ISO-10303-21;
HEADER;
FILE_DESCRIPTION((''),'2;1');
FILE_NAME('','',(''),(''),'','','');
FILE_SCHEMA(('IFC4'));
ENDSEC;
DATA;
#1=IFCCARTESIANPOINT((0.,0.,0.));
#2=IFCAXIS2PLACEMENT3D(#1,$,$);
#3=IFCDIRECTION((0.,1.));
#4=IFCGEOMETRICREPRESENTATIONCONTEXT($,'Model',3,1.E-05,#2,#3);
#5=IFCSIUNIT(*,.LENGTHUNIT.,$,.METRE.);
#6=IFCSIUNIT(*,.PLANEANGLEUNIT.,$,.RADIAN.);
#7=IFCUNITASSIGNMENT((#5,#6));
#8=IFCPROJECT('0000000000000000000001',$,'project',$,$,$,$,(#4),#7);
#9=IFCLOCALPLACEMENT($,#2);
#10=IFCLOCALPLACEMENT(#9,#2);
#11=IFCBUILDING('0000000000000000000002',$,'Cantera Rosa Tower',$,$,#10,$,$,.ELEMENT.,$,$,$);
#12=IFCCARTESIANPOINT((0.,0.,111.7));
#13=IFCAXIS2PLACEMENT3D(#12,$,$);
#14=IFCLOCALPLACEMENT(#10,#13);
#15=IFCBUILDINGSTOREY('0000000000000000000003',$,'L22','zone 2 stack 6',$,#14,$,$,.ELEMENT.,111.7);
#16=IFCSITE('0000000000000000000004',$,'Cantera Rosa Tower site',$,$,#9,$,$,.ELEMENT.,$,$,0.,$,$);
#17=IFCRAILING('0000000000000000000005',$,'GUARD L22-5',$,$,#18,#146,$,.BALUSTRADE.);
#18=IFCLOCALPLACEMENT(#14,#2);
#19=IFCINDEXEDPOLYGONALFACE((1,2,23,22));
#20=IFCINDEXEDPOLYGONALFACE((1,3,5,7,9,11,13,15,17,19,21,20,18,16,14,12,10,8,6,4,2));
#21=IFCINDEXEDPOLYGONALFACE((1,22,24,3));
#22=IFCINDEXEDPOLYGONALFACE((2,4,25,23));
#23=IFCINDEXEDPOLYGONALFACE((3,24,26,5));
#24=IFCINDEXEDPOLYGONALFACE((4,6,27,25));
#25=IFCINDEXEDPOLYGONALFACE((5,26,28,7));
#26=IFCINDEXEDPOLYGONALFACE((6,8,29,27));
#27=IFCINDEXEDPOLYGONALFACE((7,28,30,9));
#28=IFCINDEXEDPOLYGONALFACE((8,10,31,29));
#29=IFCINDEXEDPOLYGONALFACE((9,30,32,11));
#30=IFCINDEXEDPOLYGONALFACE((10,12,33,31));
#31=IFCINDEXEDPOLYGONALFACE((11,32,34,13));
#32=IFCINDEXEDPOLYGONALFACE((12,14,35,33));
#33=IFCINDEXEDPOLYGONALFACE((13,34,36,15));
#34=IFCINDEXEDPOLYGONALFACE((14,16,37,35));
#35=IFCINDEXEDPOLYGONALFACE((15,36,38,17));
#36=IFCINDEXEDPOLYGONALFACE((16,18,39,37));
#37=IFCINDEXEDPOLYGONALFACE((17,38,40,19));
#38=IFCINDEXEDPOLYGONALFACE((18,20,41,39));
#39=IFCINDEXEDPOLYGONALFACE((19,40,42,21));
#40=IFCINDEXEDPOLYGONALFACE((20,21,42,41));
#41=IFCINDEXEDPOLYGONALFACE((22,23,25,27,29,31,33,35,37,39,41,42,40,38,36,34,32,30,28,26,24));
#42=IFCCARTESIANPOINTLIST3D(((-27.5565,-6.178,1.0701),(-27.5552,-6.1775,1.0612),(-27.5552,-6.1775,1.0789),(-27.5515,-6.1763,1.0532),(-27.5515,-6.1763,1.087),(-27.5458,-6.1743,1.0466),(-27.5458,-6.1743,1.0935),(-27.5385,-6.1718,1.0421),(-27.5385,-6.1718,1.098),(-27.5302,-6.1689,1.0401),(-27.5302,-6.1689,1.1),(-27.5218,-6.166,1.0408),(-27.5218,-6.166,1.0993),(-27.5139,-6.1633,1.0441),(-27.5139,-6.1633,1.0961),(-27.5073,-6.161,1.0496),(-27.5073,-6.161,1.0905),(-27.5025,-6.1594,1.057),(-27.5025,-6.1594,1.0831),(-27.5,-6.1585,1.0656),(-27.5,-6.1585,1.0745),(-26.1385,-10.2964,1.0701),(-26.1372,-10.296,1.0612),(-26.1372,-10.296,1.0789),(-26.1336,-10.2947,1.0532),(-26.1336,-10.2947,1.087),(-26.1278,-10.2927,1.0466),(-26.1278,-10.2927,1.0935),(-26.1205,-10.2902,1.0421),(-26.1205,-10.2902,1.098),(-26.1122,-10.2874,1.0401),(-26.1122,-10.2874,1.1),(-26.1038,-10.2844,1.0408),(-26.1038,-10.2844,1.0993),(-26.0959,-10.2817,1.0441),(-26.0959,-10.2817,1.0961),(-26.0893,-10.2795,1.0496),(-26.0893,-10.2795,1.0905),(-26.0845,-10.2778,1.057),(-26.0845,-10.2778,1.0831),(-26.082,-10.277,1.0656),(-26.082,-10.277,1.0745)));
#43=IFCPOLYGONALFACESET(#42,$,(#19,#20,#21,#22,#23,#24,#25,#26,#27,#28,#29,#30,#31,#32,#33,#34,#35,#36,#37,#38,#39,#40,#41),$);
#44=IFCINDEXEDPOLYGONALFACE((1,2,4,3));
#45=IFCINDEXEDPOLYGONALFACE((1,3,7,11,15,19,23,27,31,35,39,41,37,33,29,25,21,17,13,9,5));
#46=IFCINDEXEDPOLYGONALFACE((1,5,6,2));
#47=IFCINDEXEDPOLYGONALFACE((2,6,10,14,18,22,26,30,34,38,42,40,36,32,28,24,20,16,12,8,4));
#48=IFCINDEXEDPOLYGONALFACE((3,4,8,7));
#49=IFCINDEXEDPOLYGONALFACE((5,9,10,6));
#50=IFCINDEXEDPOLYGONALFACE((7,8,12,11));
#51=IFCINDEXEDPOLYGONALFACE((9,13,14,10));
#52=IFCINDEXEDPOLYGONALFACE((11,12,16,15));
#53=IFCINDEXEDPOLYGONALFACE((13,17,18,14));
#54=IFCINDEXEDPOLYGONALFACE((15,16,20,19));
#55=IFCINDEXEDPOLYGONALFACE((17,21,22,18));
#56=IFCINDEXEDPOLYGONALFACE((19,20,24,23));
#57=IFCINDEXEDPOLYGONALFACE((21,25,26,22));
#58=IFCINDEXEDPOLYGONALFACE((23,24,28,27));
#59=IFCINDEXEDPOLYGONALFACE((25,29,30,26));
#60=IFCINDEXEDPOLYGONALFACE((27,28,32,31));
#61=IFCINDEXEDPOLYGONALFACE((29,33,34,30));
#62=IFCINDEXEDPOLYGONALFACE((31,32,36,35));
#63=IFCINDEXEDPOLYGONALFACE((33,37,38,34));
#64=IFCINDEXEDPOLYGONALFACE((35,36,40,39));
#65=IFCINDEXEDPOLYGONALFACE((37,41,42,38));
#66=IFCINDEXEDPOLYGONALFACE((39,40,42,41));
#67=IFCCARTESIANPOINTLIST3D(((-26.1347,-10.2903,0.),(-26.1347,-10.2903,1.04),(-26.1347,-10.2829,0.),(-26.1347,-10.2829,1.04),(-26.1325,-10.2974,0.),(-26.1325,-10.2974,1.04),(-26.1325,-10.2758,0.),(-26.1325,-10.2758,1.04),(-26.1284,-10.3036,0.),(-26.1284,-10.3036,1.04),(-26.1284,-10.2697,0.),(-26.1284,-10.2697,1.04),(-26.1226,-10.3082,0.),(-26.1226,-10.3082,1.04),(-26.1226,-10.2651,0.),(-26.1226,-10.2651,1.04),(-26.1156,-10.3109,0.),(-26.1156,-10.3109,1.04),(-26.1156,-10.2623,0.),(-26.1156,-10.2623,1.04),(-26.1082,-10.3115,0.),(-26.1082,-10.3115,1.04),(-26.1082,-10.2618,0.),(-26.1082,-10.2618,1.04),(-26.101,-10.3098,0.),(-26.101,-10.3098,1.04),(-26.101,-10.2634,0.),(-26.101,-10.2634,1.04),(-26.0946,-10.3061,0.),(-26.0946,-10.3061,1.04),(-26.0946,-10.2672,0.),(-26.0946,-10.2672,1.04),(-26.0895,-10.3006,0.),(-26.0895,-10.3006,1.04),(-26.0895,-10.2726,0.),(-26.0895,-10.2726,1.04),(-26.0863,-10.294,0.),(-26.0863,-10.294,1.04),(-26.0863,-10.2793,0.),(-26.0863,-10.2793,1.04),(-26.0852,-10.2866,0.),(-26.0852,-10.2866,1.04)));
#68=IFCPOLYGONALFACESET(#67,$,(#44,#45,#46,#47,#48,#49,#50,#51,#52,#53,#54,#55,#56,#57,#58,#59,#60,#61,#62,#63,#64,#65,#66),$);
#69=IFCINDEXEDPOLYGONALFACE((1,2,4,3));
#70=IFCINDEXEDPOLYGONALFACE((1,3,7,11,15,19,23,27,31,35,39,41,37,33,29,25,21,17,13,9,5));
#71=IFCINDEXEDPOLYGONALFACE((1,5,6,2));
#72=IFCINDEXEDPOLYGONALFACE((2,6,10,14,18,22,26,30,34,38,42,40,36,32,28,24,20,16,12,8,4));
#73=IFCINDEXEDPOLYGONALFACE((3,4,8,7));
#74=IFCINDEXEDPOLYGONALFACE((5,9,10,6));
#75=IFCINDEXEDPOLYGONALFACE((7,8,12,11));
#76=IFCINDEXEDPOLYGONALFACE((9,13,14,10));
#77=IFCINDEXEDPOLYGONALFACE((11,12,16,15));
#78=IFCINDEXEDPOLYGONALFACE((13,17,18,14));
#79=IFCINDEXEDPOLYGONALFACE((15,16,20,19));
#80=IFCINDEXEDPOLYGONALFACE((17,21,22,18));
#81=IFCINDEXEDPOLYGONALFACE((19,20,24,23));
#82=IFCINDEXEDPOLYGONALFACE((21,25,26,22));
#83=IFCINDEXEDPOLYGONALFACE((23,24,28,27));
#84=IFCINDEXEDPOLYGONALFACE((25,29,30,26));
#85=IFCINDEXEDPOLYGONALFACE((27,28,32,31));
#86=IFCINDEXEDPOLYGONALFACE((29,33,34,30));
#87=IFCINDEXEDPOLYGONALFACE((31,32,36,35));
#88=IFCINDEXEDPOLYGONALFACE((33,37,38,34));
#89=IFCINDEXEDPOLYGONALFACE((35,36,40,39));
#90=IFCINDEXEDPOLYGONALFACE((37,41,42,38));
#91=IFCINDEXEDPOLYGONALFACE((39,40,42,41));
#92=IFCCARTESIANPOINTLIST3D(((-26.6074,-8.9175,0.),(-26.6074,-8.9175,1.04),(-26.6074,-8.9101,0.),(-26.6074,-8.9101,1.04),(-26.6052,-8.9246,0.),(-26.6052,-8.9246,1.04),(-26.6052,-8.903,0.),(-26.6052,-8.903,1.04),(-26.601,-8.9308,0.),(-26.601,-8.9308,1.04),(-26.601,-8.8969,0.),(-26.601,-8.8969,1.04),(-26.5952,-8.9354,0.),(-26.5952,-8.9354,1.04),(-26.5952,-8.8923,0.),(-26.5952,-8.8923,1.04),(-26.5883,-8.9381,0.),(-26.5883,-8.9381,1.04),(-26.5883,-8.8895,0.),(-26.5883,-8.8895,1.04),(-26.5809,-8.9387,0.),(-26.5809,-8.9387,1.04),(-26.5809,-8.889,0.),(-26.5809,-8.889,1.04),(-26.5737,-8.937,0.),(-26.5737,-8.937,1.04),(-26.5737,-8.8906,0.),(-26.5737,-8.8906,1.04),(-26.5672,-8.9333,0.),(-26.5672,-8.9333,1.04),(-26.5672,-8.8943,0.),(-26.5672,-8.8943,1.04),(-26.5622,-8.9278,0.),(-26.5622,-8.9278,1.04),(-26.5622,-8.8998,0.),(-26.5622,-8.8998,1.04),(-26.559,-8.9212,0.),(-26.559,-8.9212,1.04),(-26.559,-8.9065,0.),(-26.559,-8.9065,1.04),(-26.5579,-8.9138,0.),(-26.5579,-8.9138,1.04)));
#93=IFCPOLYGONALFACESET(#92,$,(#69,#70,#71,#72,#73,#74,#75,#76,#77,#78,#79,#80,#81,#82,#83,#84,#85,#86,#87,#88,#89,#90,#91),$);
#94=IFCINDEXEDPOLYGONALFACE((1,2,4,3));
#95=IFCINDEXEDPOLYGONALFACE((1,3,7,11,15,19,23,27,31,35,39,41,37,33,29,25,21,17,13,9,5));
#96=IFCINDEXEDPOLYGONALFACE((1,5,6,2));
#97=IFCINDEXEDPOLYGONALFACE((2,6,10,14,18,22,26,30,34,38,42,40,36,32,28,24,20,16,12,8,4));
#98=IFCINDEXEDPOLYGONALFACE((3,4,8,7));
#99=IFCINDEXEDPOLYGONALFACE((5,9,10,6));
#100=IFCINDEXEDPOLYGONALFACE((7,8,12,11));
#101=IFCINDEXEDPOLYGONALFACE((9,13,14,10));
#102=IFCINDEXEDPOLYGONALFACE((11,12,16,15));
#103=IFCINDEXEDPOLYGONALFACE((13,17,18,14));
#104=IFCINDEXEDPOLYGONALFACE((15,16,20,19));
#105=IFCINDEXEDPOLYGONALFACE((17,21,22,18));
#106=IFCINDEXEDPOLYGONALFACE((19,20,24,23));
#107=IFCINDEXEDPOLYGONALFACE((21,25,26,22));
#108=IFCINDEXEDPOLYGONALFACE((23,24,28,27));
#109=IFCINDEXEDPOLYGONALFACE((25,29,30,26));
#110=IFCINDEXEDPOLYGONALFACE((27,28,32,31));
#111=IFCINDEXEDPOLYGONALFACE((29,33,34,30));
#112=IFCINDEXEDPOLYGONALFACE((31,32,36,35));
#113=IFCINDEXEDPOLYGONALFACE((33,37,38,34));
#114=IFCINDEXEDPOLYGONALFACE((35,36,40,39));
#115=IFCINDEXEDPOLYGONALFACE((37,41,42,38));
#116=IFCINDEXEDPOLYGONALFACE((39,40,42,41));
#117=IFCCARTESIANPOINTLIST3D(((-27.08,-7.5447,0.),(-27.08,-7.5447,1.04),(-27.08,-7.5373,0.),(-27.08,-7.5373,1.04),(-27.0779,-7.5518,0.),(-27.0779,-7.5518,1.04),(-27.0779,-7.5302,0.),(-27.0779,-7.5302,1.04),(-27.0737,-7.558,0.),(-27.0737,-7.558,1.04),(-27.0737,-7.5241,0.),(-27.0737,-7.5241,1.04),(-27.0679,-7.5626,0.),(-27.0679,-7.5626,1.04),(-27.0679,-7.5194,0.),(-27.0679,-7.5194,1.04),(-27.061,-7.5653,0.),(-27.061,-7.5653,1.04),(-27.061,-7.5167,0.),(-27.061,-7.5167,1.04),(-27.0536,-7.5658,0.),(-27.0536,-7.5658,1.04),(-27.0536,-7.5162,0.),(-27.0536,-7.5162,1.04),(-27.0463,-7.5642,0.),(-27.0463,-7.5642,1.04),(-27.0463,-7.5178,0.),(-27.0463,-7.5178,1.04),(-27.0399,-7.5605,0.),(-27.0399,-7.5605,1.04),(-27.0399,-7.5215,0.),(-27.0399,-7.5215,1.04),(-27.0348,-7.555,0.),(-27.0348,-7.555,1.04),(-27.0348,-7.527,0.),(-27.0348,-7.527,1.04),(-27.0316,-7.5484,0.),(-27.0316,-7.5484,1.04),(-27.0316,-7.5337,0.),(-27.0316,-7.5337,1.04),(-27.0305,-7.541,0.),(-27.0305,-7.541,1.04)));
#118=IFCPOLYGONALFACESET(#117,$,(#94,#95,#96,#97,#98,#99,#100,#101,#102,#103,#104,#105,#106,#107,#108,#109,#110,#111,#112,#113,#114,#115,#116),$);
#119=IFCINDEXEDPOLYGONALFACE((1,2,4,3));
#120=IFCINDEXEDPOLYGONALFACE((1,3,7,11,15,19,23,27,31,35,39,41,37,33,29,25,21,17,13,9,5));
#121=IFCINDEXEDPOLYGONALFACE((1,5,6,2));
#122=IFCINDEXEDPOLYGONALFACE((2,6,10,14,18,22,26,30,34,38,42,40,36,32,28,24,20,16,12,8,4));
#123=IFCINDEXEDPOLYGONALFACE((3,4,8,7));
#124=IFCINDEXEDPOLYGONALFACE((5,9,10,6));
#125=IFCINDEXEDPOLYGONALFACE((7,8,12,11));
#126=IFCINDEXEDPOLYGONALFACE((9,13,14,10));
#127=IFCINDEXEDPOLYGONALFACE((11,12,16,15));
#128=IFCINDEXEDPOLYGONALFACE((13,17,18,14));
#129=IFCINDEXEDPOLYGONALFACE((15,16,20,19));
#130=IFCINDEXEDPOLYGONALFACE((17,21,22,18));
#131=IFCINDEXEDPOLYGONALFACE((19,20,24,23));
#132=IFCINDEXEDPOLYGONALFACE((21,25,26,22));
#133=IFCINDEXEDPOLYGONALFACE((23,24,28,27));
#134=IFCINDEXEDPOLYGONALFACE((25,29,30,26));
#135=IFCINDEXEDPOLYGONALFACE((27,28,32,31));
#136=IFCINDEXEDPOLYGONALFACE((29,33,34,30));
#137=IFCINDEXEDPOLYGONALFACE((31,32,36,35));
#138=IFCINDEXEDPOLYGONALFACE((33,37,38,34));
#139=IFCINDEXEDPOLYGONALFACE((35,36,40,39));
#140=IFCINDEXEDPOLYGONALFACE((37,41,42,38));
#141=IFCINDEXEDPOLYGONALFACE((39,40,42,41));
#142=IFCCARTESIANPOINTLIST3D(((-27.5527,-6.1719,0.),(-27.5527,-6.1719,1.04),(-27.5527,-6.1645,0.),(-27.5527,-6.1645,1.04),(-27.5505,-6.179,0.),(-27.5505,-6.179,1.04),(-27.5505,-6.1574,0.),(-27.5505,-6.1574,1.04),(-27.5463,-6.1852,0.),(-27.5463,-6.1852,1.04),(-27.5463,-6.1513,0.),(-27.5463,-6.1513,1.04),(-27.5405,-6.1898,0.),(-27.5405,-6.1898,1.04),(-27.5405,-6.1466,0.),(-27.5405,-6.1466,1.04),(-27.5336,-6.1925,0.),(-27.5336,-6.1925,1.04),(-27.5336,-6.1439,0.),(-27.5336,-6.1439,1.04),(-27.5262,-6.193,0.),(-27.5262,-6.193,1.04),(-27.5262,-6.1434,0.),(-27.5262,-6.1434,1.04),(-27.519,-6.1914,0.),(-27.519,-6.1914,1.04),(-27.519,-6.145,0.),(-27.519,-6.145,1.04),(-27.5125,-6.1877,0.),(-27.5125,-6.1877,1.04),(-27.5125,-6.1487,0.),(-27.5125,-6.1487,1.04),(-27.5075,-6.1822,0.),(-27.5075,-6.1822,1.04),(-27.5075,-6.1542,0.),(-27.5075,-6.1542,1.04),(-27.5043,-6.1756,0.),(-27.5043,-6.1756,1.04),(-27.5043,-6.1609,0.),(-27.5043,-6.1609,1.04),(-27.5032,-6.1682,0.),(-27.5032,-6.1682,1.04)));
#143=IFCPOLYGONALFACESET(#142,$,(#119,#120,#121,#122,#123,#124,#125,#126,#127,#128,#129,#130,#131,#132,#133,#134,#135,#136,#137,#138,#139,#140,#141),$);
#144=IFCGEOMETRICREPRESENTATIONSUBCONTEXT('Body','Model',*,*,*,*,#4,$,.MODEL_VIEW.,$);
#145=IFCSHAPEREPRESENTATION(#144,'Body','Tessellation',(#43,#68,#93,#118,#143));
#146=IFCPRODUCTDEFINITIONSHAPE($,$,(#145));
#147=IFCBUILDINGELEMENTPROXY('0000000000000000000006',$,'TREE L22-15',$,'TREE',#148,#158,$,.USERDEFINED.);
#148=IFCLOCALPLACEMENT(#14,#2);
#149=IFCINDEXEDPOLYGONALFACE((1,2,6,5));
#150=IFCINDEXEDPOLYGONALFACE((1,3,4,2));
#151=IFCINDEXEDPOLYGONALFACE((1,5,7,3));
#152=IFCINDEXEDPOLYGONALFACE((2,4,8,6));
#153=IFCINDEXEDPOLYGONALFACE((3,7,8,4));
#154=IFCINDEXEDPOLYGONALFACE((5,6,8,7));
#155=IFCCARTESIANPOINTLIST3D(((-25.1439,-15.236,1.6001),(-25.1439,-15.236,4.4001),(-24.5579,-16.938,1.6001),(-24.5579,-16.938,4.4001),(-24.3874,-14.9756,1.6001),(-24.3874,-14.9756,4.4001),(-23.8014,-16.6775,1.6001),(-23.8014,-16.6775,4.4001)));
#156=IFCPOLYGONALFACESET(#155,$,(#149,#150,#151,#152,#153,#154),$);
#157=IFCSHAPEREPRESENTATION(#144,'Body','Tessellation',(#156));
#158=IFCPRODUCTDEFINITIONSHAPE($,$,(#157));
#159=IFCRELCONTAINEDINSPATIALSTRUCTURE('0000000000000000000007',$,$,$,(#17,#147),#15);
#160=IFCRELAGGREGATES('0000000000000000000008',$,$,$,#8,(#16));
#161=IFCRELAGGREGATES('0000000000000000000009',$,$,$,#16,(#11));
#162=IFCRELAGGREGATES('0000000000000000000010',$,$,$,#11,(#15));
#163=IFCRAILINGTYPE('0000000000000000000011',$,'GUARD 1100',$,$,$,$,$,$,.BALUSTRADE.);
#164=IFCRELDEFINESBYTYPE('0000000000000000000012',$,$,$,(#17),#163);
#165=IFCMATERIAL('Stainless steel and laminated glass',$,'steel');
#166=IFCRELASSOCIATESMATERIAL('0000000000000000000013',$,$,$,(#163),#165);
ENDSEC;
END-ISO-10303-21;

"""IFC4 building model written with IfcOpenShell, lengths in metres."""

from ifc_helpers import new_model, si_unit, direction, frame, origin, origin_2d, place, context, subcontext, project, spatial, rectangle, circle, extrude, material, type_object, element, save


model = new_model("IFC4")

# Units and contexts
model_context = context("Model", 3, precision=1e-05, world=origin(), true_north=direction((0.0, 1.0)))
body_context = subcontext(model_context, "Body", "Model", "MODEL_VIEW")
ifc_project = project(units=[si_unit("LENGTHUNIT", "METRE"), si_unit("PLANEANGLEUNIT", "RADIAN")], contexts=[model_context])

# Site, building, storey
site_placement = place(None, origin())
site = spatial("IfcSite", under=ifc_project, at=site_placement, Name="Cantera Rosa Tower site", CompositionType="ELEMENT", RefElevation=0.0)
building_placement = place(site_placement, origin())
building = spatial("IfcBuilding", under=site, at=building_placement, Name="Cantera Rosa Tower", CompositionType="ELEMENT")
storey_placement = place(building_placement, frame((0.0, 0.0, 111.7)))
storey = spatial("IfcBuildingStorey", under=building, at=storey_placement, Name="L22", Description="zone 2 stack 6", CompositionType="ELEMENT", Elevation=111.7)

# Railing
ifc_material_1 = material(Name="Stainless steel and laminated glass", Category="steel")
railing_type = type_object("IfcRailingType", Name="GUARD 1100", PredefinedType="BALUSTRADE", material=ifc_material_1)
railing_placement = place(storey_placement, frame((-26.1101, -10.2866, 0.0)))
element("IfcRailing", 1, at=railing_placement, inside=storey, type_object=railing_type, Name="GUARD L22-5", PredefinedType="BALUSTRADE", context=body_context, shape_type="SweptSolid", body=[
    extrude(circle(Radius=0.03, at=origin_2d()), frame((0.0, 0.0, 1.0701), z_axis=(-0.325545, 0.945527, 0.0), x_axis=(-0.945527, -0.325545, 0.0)), (0.0, 0.0, 1.0), 4.3557),
    extrude(circle(Radius=0.0249, at=origin_2d()), origin(), (0.0, 0.0, 1.0), 1.04),
    extrude(circle(Radius=0.0249, at=origin_2d()), frame((-0.4727, 1.3728, 0.0)), (0.0, 0.0, 1.0), 1.04),
    extrude(circle(Radius=0.0249, at=origin_2d()), frame((-0.9453, 2.7456, 0.0)), (0.0, 0.0, 1.0), 1.04),
    extrude(circle(Radius=0.0249, at=origin_2d()), frame((-1.418, 4.1184, 0.0)), (0.0, 0.0, 1.0), 1.04),
])

# Building element proxy
proxy_placement = place(storey_placement, frame((-24.4727, -15.9568, 1.6001), z_axis=(0.0, 0.0, 1.0), x_axis=(0.325568, -0.945519, 0.0)))
element("IfcBuildingElementProxy", 2, at=proxy_placement, inside=storey, Name="TREE L22-15", ObjectType="TREE", PredefinedType="USERDEFINED", context=body_context, shape_type="SweptSolid", body=[
    extrude(rectangle(XDim=1.8, YDim=0.8, at=origin_2d()), origin(), (0.0, 0.0, 1.0), 2.8),
])

save(model, "model.ifc")
